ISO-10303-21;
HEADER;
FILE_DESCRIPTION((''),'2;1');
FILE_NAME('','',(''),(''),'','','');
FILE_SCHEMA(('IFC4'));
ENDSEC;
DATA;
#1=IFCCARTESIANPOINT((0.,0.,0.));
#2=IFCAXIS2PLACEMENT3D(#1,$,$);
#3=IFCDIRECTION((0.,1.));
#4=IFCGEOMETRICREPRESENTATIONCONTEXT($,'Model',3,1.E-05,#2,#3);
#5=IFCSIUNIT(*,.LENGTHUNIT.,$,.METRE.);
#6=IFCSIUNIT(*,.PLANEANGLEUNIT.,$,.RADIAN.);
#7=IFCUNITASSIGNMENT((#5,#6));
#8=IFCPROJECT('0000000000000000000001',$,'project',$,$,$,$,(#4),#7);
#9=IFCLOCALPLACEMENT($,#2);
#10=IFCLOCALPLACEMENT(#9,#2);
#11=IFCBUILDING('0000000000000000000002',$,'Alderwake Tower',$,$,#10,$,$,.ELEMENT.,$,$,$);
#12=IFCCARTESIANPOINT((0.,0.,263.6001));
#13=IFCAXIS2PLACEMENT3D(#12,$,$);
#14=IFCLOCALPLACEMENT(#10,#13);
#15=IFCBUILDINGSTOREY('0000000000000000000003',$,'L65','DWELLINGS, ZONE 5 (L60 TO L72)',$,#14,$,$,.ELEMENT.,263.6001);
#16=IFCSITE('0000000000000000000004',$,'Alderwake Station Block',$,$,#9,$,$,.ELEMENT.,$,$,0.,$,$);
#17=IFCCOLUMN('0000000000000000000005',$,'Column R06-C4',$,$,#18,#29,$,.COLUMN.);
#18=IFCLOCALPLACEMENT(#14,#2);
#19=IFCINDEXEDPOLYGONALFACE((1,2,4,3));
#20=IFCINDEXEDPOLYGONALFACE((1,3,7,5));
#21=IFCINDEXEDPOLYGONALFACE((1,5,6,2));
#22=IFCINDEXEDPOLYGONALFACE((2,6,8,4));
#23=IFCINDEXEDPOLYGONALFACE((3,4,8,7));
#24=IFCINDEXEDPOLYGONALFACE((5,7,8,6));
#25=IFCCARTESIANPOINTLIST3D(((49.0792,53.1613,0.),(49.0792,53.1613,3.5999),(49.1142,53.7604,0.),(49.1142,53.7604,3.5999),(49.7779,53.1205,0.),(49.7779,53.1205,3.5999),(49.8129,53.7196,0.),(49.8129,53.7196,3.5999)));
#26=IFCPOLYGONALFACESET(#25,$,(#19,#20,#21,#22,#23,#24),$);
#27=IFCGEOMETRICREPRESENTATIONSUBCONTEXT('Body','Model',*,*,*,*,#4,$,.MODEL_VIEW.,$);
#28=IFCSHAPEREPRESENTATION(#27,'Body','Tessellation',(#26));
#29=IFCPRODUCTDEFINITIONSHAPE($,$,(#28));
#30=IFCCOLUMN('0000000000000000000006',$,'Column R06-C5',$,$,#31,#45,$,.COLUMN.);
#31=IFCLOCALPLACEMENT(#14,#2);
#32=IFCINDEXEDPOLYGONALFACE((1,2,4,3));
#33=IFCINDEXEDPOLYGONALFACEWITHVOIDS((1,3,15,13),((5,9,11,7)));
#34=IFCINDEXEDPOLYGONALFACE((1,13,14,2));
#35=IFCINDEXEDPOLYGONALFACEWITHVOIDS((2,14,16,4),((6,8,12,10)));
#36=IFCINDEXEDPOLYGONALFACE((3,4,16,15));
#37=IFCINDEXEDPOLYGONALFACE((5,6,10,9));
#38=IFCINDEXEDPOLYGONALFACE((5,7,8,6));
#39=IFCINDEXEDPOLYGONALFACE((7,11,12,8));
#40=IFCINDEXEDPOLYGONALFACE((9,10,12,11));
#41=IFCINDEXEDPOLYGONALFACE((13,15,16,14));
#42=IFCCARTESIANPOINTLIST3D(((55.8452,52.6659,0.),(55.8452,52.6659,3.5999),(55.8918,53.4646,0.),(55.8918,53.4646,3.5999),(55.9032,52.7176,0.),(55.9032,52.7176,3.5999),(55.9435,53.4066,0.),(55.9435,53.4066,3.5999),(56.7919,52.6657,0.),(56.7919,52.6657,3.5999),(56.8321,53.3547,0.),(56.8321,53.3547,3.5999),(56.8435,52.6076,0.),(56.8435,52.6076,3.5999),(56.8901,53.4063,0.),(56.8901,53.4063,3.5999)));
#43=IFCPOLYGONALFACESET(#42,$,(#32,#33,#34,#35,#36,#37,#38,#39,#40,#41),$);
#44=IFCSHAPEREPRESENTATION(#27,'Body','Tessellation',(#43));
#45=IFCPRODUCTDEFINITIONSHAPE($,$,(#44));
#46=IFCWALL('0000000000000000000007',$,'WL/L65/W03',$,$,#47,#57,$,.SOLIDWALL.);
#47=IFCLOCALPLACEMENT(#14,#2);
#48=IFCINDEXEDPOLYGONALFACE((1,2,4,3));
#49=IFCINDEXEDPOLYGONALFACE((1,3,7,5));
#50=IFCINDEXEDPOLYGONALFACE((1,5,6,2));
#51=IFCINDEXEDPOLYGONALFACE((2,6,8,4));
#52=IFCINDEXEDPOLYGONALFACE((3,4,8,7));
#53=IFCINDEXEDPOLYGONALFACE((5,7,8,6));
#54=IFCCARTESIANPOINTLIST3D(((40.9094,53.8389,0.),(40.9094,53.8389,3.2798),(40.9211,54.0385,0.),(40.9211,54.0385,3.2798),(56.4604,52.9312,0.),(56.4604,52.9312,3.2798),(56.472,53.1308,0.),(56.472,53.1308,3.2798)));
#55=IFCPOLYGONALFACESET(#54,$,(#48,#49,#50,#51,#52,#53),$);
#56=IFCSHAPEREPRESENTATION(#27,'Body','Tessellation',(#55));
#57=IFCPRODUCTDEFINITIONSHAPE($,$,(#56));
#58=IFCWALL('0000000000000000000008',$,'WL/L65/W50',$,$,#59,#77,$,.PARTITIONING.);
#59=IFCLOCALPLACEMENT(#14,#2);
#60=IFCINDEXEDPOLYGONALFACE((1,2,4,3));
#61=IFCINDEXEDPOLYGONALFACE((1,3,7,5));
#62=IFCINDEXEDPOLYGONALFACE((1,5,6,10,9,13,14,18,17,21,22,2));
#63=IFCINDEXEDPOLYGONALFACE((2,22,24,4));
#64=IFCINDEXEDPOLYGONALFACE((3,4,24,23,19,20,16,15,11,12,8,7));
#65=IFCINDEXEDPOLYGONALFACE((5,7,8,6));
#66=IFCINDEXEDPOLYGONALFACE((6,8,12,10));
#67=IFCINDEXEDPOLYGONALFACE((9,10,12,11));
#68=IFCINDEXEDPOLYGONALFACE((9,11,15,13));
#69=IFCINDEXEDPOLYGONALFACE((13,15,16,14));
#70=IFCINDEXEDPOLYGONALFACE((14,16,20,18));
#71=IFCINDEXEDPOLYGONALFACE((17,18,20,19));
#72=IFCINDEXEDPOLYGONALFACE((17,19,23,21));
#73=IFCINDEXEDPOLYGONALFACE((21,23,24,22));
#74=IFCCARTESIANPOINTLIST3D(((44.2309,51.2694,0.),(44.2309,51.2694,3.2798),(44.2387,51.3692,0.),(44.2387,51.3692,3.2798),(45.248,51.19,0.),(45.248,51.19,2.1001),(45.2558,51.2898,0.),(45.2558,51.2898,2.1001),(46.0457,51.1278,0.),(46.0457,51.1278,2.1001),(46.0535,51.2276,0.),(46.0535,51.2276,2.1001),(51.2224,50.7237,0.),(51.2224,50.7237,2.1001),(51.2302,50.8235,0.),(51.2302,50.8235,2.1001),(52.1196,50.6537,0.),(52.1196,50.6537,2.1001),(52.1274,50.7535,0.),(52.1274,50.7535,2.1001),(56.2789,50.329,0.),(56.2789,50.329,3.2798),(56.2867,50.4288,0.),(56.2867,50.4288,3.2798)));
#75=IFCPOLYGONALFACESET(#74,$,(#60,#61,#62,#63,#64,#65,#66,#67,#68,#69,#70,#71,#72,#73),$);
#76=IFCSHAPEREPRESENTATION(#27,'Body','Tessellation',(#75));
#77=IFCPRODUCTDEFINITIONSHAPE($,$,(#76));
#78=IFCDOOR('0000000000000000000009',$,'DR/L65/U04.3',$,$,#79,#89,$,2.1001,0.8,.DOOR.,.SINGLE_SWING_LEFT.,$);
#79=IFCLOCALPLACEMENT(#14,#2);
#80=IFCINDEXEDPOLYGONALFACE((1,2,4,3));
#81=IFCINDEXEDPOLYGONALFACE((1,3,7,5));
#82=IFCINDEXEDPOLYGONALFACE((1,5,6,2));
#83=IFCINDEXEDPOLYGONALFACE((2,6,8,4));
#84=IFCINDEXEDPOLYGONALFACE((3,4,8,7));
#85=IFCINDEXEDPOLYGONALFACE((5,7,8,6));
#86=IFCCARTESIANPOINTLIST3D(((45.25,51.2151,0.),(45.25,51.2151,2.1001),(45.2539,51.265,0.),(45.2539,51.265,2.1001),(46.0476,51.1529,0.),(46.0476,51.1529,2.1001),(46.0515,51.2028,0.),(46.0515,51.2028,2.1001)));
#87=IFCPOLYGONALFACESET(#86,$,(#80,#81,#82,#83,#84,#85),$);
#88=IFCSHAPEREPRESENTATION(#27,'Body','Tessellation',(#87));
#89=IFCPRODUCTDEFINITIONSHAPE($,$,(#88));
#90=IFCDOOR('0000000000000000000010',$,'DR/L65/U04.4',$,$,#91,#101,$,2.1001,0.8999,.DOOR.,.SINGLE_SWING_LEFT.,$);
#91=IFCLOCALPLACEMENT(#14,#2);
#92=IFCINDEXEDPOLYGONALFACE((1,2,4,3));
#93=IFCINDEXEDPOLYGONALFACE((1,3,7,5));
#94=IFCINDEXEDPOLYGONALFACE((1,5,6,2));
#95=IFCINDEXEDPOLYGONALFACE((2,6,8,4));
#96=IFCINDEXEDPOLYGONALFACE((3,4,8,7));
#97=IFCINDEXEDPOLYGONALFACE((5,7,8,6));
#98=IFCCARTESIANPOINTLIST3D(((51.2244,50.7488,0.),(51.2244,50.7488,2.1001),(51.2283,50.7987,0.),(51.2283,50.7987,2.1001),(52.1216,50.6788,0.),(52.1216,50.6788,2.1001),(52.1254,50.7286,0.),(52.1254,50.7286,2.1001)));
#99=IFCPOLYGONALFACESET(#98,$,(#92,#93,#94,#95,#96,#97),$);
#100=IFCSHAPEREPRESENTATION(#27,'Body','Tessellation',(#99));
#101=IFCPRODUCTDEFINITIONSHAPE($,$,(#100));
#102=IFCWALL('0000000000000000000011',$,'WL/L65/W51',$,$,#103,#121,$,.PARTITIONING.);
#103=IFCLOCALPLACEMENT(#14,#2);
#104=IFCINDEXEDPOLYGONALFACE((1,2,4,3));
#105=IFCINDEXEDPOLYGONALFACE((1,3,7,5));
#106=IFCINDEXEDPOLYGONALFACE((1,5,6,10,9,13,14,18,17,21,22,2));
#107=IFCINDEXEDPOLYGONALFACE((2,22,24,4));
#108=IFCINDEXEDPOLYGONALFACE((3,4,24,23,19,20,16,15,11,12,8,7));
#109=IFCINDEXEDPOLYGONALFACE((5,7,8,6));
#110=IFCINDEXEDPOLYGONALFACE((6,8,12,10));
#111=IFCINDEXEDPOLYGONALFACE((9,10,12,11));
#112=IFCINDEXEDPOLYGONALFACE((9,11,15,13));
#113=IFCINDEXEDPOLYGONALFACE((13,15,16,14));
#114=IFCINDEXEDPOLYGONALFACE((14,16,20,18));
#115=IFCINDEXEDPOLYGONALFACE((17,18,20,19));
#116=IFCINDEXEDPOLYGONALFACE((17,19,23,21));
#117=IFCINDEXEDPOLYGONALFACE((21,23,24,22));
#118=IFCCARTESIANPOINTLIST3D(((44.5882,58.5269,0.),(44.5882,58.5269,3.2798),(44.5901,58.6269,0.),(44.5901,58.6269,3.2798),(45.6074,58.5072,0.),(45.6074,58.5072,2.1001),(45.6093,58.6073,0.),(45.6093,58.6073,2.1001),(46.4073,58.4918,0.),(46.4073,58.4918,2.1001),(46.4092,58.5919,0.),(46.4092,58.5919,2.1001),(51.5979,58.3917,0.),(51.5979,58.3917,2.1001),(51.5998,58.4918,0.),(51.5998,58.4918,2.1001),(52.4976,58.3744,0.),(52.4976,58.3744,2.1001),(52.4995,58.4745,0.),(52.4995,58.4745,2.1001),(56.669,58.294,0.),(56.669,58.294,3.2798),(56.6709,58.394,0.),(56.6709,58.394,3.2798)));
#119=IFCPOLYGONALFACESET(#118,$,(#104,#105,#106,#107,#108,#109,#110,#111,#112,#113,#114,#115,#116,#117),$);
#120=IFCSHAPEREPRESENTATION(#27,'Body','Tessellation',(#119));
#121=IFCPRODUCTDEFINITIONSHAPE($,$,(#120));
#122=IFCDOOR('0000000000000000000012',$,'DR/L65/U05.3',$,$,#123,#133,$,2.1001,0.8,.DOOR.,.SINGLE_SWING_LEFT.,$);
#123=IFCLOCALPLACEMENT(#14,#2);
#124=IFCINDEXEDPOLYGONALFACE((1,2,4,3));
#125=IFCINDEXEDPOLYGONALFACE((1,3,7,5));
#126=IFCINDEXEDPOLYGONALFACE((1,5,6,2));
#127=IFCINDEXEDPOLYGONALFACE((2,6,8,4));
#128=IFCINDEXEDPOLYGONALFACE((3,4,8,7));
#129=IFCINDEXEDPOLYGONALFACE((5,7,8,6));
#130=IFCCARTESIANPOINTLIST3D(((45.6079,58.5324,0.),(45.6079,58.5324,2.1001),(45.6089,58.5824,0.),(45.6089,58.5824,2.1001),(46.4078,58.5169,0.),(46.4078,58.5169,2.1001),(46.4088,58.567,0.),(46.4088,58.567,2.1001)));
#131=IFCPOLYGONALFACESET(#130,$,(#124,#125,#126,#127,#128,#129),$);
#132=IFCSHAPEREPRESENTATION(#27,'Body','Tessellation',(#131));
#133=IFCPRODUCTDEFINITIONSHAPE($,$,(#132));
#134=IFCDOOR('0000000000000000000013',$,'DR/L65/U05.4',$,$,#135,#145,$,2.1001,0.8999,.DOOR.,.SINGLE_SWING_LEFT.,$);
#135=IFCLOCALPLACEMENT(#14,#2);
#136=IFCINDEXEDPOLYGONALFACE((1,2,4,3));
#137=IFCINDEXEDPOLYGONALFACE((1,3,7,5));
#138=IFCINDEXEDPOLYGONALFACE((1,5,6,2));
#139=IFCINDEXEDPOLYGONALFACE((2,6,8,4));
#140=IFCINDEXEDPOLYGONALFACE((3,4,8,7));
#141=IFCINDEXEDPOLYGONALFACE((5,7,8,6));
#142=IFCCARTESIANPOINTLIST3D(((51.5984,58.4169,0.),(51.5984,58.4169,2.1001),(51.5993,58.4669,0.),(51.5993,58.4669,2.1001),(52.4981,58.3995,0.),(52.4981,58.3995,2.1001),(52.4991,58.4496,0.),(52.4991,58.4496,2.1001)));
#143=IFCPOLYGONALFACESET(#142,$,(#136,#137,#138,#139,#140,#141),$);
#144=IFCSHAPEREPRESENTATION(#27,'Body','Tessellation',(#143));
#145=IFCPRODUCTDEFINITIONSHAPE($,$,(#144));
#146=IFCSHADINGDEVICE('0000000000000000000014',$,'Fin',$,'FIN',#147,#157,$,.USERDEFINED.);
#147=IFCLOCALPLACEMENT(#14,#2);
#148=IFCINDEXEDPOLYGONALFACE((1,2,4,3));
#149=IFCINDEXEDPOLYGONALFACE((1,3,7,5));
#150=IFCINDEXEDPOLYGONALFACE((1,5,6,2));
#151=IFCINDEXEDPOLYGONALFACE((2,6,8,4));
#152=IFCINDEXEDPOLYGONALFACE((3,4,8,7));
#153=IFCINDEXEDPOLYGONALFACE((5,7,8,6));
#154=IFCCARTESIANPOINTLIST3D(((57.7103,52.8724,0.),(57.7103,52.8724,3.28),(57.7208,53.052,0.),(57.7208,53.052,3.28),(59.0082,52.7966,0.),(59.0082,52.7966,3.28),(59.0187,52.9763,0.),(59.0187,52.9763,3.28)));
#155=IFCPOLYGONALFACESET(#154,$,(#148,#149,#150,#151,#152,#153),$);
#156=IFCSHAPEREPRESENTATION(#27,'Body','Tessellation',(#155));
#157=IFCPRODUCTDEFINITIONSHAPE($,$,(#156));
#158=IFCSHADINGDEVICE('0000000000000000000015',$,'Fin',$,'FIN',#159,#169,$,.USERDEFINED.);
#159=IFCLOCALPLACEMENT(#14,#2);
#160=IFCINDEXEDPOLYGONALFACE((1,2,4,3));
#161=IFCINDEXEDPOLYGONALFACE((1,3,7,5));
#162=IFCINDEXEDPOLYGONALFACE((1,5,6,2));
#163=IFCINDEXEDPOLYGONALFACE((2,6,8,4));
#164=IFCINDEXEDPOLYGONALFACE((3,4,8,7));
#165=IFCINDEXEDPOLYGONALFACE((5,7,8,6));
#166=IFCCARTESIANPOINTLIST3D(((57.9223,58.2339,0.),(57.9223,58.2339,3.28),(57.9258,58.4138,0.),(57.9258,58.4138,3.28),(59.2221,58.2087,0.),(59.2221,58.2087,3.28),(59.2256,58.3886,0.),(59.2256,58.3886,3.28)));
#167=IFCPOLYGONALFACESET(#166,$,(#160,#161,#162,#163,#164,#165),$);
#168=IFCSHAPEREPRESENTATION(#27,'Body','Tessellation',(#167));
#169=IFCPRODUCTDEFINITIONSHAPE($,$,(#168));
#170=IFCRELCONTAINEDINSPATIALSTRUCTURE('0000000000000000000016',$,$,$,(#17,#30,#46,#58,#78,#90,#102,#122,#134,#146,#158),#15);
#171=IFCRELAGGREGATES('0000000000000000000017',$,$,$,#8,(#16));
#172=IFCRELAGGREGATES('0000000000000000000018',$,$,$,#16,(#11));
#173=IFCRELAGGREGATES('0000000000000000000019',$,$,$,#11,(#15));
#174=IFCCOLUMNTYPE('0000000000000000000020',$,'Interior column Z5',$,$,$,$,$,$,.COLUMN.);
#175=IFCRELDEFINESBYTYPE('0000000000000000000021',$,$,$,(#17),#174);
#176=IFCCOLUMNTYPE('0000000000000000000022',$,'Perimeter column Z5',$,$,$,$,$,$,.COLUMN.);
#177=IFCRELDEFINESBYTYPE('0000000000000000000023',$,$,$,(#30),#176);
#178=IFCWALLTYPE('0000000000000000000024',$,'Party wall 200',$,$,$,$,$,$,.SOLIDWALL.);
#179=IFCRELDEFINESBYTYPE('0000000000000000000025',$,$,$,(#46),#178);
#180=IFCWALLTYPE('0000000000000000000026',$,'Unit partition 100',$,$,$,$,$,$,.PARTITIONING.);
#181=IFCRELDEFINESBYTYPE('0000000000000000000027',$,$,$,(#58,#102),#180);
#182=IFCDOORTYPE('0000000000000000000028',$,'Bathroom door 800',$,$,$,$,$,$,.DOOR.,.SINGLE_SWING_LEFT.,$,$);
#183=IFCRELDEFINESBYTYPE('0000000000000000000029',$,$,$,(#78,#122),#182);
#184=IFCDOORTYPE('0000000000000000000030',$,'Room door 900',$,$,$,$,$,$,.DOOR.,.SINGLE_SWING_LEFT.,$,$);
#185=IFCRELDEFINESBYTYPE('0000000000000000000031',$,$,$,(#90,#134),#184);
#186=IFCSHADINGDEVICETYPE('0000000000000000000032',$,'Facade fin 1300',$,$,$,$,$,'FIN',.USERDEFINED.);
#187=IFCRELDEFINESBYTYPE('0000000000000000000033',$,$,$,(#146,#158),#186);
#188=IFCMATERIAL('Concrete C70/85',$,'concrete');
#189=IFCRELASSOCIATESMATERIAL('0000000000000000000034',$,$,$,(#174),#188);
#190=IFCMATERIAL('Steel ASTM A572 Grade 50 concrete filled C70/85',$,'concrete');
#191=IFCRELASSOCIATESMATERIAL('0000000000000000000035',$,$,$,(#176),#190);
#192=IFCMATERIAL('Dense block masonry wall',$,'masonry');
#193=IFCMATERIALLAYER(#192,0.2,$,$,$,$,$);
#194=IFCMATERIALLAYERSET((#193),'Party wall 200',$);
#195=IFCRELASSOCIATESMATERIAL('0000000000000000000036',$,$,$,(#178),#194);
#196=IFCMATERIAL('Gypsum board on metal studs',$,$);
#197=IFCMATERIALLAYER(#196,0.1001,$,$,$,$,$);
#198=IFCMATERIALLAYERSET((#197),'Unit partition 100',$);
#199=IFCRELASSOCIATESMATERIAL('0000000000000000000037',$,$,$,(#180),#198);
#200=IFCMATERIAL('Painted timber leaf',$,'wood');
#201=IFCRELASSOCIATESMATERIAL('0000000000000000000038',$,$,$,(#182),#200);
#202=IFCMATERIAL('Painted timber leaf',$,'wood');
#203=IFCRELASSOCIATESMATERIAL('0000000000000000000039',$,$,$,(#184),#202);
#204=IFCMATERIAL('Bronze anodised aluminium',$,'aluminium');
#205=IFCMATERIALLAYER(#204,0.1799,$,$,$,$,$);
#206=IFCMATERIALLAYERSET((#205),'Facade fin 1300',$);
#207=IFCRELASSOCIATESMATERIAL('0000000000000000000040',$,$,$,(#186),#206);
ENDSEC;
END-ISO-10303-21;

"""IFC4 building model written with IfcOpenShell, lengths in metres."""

from ifc_helpers import new_model, si_unit, direction, frame, frame_2d, origin, origin_2d, place, context, subcontext, project, spatial, rectangle, hollow_rectangle, extrude, material, layer, layer_set, material_profile, profile_set, type_object, element, fill, save


model = new_model("IFC4")

# Units and contexts
model_context = context("Model", 3, precision=1e-05, world=origin(), true_north=direction((0.0, 1.0)))
body_context = subcontext(model_context, "Body", "Model", "MODEL_VIEW")
ifc_project = project(units=[si_unit("LENGTHUNIT", "METRE"), si_unit("PLANEANGLEUNIT", "RADIAN")], contexts=[model_context])

# Site, building, storey
site_placement = place(None, origin())
site = spatial("IfcSite", under=ifc_project, at=site_placement, Name="Alderwake Station Block", CompositionType="ELEMENT", RefElevation=0.0)
building_placement = place(site_placement, origin())
building = spatial("IfcBuilding", under=site, at=building_placement, Name="Alderwake Tower", CompositionType="ELEMENT")
storey_placement = place(building_placement, frame((0.0, 0.0, 263.6001)))
storey = spatial("IfcBuildingStorey", under=building, at=storey_placement, Name="L65", Description="DWELLINGS, ZONE 5 (L60 TO L72)", CompositionType="ELEMENT", Elevation=263.6001)

# Columns
ifc_material_1 = material(Name="Concrete C70/85", Category="concrete")
ifc_material_profile_1 = material_profile(ifc_material_1, rectangle(XDim=0.6001, YDim=0.7, at=origin_2d()), Name="RC 700X600")
ifc_profile_set_1 = profile_set([ifc_material_profile_1], Name="Concrete C70/85")
column_type_1 = type_object("IfcColumnType", Name="Interior column Z5", PredefinedType="COLUMN", material=ifc_profile_set_1)
column_1_placement = place(storey_placement, frame((49.446, 53.4404, 0.0), z_axis=(0.0, 0.0, 1.0), x_axis=(0.058301, 0.998299, 0.0)))
element("IfcColumn", 1, at=column_1_placement, inside=storey, type_object=column_type_1, Name="Column R06-C4", PredefinedType="COLUMN", context=body_context, shape_type="SweptSolid", body=[
    extrude(rectangle(XDim=0.6001, YDim=0.7, at=origin_2d()), origin(), (0.0, 0.0, 1.0), 3.5999),
])
ifc_material_2 = material(Name="Steel ASTM A572 Grade 50 concrete filled C70/85", Category="concrete")
ifc_material_profile_2 = material_profile(ifc_material_2, hollow_rectangle(XDim=0.8, YDim=1.0, WallThickness=0.0549, at=origin_2d()), Name="BOX 1000X800X55")
ifc_profile_set_2 = profile_set([ifc_material_profile_2], Name="Steel ASTM A572 Grade 50 concrete filled C70/85")
column_type_2 = type_object("IfcColumnType", Name="Perimeter column Z5", PredefinedType="COLUMN", material=ifc_profile_set_2)
column_2_placement = place(storey_placement, frame((56.3677, 53.0361, 0.0), z_axis=(0.0, 0.0, 1.0), x_axis=(0.058299, 0.998299, 0.0)))
element("IfcColumn", 2, at=column_2_placement, inside=storey, type_object=column_type_2, Name="Column R06-C5", PredefinedType="COLUMN", context=body_context, shape_type="SweptSolid", body=[
    extrude(hollow_rectangle(XDim=0.8, YDim=1.0, WallThickness=0.0549, at=origin_2d()), origin(), (0.0, 0.0, 1.0), 3.5999),
])

# Wall
ifc_material_3 = material(Name="Dense block masonry wall", Category="masonry")
ifc_layer_1 = layer(ifc_material_3, 0.2)
ifc_layer_set_1 = layer_set([ifc_layer_1], Name="Party wall 200")
wall_type_1 = type_object("IfcWallType", Name="Party wall 200", PredefinedType="SOLIDWALL", material=ifc_layer_set_1)
wall_1_placement = place(storey_placement, frame((56.4661, 53.031, 0.0), z_axis=(0.0, 0.0, 1.0), x_axis=(-0.998301, 0.058271, 0.0)))
element("IfcWall", 3, at=wall_1_placement, inside=storey, type_object=wall_type_1, Name="WL/L65/W03", PredefinedType="SOLIDWALL", context=body_context, shape_type="SweptSolid", body=[
    extrude(rectangle(XDim=15.5774, YDim=0.2, at=frame_2d((7.7886, 0.0))), origin(), (0.0, 0.0, 1.0), 3.2798),
])

# Walls, openings, doors
ifc_material_4 = material(Name="Gypsum board on metal studs")
ifc_layer_2 = layer(ifc_material_4, 0.1001)
ifc_layer_set_2 = layer_set([ifc_layer_2], Name="Unit partition 100")
wall_type_2 = type_object("IfcWallType", Name="Unit partition 100", PredefinedType="PARTITIONING", material=ifc_layer_set_2)
wall_2_placement = place(storey_placement, frame((56.283, 50.3789, 0.0), z_axis=(0.0, 0.0, 1.0), x_axis=(-0.996967, 0.07782, 0.0)))
wall_2 = element("IfcWall", 4, at=wall_2_placement, inside=storey, type_object=wall_type_2, Name="WL/L65/W50", PredefinedType="PARTITIONING", context=body_context, shape_type="SweptSolid", body=[
    extrude(rectangle(XDim=12.0847, YDim=0.1001, at=frame_2d((6.0425, 0.0))), origin(), (0.0, 0.0, 1.0), 3.2798),
])
opening_1_placement = place(wall_2_placement, frame((10.2646, 0.0, 0.0)))
opening_1 = element("IfcOpeningElement", 5, at=opening_1_placement, cuts=wall_2, PredefinedType="OPENING", context=body_context, shape_type="SweptSolid", body=[
    extrude(rectangle(XDim=0.8, YDim=2.1001, at=frame_2d((0.3999, 1.05))), frame((0.0, 0.0601, 0.0), z_axis=(0.0, -1.0, 0.0), x_axis=(1.0, 0.0, 0.0)), (0.0, 0.0, 1.0), 0.1201),
])
opening_2_placement = place(wall_2_placement, frame((4.1721, 0.0, 0.0)))
opening_2 = element("IfcOpeningElement", 6, at=opening_2_placement, cuts=wall_2, PredefinedType="OPENING", context=body_context, shape_type="SweptSolid", body=[
    extrude(rectangle(XDim=0.8999, YDim=2.1001, at=frame_2d((0.45, 1.05))), frame((0.0, 0.0601, 0.0), z_axis=(0.0, -1.0, 0.0), x_axis=(1.0, 0.0, 0.0)), (0.0, 0.0, 1.0), 0.1201),
])
ifc_material_5 = material(Name="Painted timber leaf", Category="wood")
door_type_1 = type_object("IfcDoorType", Name="Bathroom door 800", OperationType="SINGLE_SWING_LEFT", PredefinedType="DOOR", material=ifc_material_5)
door_1_placement = place(opening_1_placement, origin())
door_1 = element("IfcDoor", 7, at=door_1_placement, inside=storey, type_object=door_type_1, Name="DR/L65/U04.3", OperationType="SINGLE_SWING_LEFT", OverallHeight=2.1001, OverallWidth=0.8, PredefinedType="DOOR", context=body_context, shape_type="SweptSolid", body=[
    extrude(rectangle(XDim=0.8, YDim=2.1001, at=frame_2d((0.3999, 1.05))), frame((0.0, 0.0249, 0.0), z_axis=(0.0, -1.0, 0.0), x_axis=(1.0, 0.0, 0.0)), (0.0, 0.0, 1.0), 0.05),
])
fill(opening_1, door_1)
ifc_material_6 = material(Name="Painted timber leaf", Category="wood")
door_type_2 = type_object("IfcDoorType", Name="Room door 900", OperationType="SINGLE_SWING_LEFT", PredefinedType="DOOR", material=ifc_material_6)
door_2_placement = place(opening_2_placement, origin())
door_2 = element("IfcDoor", 8, at=door_2_placement, inside=storey, type_object=door_type_2, Name="DR/L65/U04.4", OperationType="SINGLE_SWING_LEFT", OverallHeight=2.1001, OverallWidth=0.8999, PredefinedType="DOOR", context=body_context, shape_type="SweptSolid", body=[
    extrude(rectangle(XDim=0.8999, YDim=2.1001, at=frame_2d((0.45, 1.05))), frame((0.0, 0.0249, 0.0), z_axis=(0.0, -1.0, 0.0), x_axis=(1.0, 0.0, 0.0)), (0.0, 0.0, 1.0), 0.05),
])
fill(opening_2, door_2)
wall_3_placement = place(storey_placement, frame((56.6699, 58.344, 0.0), z_axis=(0.0, 0.0, 1.0), x_axis=(-0.999814, 0.019276, 0.0)))
wall_3 = element("IfcWall", 9, at=wall_3_placement, inside=storey, type_object=wall_type_2, Name="WL/L65/W51", PredefinedType="PARTITIONING", context=body_context, shape_type="SweptSolid", body=[
    extrude(rectangle(XDim=12.083, YDim=0.1001, at=frame_2d((6.0415, 0.0))), origin(), (0.0, 0.0, 1.0), 3.2798),
])
opening_3_placement = place(wall_3_placement, frame((10.2637, 0.0, 0.0)))
opening_3 = element("IfcOpeningElement", 10, at=opening_3_placement, cuts=wall_3, PredefinedType="OPENING", context=body_context, shape_type="SweptSolid", body=[
    extrude(rectangle(XDim=0.8, YDim=2.1001, at=frame_2d((0.3999, 1.05))), frame((0.0, 0.0601, 0.0), z_axis=(0.0, -1.0, 0.0), x_axis=(1.0, 0.0, 0.0)), (0.0, 0.0, 1.0), 0.1201),
])
opening_4_placement = place(wall_3_placement, frame((4.1721, 0.0, 0.0)))
opening_4 = element("IfcOpeningElement", 11, at=opening_4_placement, cuts=wall_3, PredefinedType="OPENING", context=body_context, shape_type="SweptSolid", body=[
    extrude(rectangle(XDim=0.8999, YDim=2.1001, at=frame_2d((0.45, 1.05))), frame((0.0, 0.0601, 0.0), z_axis=(0.0, -1.0, 0.0), x_axis=(1.0, 0.0, 0.0)), (0.0, 0.0, 1.0), 0.1201),
])
door_3_placement = place(opening_3_placement, origin())
door_3 = element("IfcDoor", 12, at=door_3_placement, inside=storey, type_object=door_type_1, Name="DR/L65/U05.3", OperationType="SINGLE_SWING_LEFT", OverallHeight=2.1001, OverallWidth=0.8, PredefinedType="DOOR", context=body_context, shape_type="SweptSolid", body=[
    extrude(rectangle(XDim=0.8, YDim=2.1001, at=frame_2d((0.3999, 1.05))), frame((0.0, 0.0249, 0.0), z_axis=(0.0, -1.0, 0.0), x_axis=(1.0, 0.0, 0.0)), (0.0, 0.0, 1.0), 0.05),
])
fill(opening_3, door_3)
door_4_placement = place(opening_4_placement, origin())
door_4 = element("IfcDoor", 13, at=door_4_placement, inside=storey, type_object=door_type_2, Name="DR/L65/U05.4", OperationType="SINGLE_SWING_LEFT", OverallHeight=2.1001, OverallWidth=0.8999, PredefinedType="DOOR", context=body_context, shape_type="SweptSolid", body=[
    extrude(rectangle(XDim=0.8999, YDim=2.1001, at=frame_2d((0.45, 1.05))), frame((0.0, 0.0249, 0.0), z_axis=(0.0, -1.0, 0.0), x_axis=(1.0, 0.0, 0.0)), (0.0, 0.0, 1.0), 0.05),
])
fill(opening_4, door_4)

# Shading devices
ifc_material_7 = material(Name="Bronze anodised aluminium", Category="aluminium")
ifc_layer_3 = layer(ifc_material_7, 0.1799)
ifc_layer_set_3 = layer_set([ifc_layer_3], Name="Facade fin 1300")
shading_device_type_1 = type_object("IfcShadingDeviceType", Name="Facade fin 1300", ElementType="FIN", PredefinedType="USERDEFINED", material=ifc_layer_set_3)
for number, where, z_axis, x_axis, name in (
    (14, (58.3645, 52.9243, 0.0), (0.0, 0.0, 1.0), (0.998301, -0.058266, 0.0), "Fin"),
    (15, (58.574, 58.3113, 0.0), (0.0, 0.0, 1.0), (0.999812, -0.019398, 0.0), "Fin"),
):
    element("IfcShadingDevice", number, at=place(storey_placement, frame(where, z_axis=z_axis, x_axis=x_axis)), inside=storey, type_object=shading_device_type_1, Name=name, ObjectType="FIN", PredefinedType="USERDEFINED", context=body_context, shape_type="SweptSolid", body=[
        extrude(rectangle(XDim=1.3, YDim=0.1799, at=origin_2d()), origin(), (0.0, 0.0, 1.0), 3.28),
    ])

save(model, "model.ifc")
